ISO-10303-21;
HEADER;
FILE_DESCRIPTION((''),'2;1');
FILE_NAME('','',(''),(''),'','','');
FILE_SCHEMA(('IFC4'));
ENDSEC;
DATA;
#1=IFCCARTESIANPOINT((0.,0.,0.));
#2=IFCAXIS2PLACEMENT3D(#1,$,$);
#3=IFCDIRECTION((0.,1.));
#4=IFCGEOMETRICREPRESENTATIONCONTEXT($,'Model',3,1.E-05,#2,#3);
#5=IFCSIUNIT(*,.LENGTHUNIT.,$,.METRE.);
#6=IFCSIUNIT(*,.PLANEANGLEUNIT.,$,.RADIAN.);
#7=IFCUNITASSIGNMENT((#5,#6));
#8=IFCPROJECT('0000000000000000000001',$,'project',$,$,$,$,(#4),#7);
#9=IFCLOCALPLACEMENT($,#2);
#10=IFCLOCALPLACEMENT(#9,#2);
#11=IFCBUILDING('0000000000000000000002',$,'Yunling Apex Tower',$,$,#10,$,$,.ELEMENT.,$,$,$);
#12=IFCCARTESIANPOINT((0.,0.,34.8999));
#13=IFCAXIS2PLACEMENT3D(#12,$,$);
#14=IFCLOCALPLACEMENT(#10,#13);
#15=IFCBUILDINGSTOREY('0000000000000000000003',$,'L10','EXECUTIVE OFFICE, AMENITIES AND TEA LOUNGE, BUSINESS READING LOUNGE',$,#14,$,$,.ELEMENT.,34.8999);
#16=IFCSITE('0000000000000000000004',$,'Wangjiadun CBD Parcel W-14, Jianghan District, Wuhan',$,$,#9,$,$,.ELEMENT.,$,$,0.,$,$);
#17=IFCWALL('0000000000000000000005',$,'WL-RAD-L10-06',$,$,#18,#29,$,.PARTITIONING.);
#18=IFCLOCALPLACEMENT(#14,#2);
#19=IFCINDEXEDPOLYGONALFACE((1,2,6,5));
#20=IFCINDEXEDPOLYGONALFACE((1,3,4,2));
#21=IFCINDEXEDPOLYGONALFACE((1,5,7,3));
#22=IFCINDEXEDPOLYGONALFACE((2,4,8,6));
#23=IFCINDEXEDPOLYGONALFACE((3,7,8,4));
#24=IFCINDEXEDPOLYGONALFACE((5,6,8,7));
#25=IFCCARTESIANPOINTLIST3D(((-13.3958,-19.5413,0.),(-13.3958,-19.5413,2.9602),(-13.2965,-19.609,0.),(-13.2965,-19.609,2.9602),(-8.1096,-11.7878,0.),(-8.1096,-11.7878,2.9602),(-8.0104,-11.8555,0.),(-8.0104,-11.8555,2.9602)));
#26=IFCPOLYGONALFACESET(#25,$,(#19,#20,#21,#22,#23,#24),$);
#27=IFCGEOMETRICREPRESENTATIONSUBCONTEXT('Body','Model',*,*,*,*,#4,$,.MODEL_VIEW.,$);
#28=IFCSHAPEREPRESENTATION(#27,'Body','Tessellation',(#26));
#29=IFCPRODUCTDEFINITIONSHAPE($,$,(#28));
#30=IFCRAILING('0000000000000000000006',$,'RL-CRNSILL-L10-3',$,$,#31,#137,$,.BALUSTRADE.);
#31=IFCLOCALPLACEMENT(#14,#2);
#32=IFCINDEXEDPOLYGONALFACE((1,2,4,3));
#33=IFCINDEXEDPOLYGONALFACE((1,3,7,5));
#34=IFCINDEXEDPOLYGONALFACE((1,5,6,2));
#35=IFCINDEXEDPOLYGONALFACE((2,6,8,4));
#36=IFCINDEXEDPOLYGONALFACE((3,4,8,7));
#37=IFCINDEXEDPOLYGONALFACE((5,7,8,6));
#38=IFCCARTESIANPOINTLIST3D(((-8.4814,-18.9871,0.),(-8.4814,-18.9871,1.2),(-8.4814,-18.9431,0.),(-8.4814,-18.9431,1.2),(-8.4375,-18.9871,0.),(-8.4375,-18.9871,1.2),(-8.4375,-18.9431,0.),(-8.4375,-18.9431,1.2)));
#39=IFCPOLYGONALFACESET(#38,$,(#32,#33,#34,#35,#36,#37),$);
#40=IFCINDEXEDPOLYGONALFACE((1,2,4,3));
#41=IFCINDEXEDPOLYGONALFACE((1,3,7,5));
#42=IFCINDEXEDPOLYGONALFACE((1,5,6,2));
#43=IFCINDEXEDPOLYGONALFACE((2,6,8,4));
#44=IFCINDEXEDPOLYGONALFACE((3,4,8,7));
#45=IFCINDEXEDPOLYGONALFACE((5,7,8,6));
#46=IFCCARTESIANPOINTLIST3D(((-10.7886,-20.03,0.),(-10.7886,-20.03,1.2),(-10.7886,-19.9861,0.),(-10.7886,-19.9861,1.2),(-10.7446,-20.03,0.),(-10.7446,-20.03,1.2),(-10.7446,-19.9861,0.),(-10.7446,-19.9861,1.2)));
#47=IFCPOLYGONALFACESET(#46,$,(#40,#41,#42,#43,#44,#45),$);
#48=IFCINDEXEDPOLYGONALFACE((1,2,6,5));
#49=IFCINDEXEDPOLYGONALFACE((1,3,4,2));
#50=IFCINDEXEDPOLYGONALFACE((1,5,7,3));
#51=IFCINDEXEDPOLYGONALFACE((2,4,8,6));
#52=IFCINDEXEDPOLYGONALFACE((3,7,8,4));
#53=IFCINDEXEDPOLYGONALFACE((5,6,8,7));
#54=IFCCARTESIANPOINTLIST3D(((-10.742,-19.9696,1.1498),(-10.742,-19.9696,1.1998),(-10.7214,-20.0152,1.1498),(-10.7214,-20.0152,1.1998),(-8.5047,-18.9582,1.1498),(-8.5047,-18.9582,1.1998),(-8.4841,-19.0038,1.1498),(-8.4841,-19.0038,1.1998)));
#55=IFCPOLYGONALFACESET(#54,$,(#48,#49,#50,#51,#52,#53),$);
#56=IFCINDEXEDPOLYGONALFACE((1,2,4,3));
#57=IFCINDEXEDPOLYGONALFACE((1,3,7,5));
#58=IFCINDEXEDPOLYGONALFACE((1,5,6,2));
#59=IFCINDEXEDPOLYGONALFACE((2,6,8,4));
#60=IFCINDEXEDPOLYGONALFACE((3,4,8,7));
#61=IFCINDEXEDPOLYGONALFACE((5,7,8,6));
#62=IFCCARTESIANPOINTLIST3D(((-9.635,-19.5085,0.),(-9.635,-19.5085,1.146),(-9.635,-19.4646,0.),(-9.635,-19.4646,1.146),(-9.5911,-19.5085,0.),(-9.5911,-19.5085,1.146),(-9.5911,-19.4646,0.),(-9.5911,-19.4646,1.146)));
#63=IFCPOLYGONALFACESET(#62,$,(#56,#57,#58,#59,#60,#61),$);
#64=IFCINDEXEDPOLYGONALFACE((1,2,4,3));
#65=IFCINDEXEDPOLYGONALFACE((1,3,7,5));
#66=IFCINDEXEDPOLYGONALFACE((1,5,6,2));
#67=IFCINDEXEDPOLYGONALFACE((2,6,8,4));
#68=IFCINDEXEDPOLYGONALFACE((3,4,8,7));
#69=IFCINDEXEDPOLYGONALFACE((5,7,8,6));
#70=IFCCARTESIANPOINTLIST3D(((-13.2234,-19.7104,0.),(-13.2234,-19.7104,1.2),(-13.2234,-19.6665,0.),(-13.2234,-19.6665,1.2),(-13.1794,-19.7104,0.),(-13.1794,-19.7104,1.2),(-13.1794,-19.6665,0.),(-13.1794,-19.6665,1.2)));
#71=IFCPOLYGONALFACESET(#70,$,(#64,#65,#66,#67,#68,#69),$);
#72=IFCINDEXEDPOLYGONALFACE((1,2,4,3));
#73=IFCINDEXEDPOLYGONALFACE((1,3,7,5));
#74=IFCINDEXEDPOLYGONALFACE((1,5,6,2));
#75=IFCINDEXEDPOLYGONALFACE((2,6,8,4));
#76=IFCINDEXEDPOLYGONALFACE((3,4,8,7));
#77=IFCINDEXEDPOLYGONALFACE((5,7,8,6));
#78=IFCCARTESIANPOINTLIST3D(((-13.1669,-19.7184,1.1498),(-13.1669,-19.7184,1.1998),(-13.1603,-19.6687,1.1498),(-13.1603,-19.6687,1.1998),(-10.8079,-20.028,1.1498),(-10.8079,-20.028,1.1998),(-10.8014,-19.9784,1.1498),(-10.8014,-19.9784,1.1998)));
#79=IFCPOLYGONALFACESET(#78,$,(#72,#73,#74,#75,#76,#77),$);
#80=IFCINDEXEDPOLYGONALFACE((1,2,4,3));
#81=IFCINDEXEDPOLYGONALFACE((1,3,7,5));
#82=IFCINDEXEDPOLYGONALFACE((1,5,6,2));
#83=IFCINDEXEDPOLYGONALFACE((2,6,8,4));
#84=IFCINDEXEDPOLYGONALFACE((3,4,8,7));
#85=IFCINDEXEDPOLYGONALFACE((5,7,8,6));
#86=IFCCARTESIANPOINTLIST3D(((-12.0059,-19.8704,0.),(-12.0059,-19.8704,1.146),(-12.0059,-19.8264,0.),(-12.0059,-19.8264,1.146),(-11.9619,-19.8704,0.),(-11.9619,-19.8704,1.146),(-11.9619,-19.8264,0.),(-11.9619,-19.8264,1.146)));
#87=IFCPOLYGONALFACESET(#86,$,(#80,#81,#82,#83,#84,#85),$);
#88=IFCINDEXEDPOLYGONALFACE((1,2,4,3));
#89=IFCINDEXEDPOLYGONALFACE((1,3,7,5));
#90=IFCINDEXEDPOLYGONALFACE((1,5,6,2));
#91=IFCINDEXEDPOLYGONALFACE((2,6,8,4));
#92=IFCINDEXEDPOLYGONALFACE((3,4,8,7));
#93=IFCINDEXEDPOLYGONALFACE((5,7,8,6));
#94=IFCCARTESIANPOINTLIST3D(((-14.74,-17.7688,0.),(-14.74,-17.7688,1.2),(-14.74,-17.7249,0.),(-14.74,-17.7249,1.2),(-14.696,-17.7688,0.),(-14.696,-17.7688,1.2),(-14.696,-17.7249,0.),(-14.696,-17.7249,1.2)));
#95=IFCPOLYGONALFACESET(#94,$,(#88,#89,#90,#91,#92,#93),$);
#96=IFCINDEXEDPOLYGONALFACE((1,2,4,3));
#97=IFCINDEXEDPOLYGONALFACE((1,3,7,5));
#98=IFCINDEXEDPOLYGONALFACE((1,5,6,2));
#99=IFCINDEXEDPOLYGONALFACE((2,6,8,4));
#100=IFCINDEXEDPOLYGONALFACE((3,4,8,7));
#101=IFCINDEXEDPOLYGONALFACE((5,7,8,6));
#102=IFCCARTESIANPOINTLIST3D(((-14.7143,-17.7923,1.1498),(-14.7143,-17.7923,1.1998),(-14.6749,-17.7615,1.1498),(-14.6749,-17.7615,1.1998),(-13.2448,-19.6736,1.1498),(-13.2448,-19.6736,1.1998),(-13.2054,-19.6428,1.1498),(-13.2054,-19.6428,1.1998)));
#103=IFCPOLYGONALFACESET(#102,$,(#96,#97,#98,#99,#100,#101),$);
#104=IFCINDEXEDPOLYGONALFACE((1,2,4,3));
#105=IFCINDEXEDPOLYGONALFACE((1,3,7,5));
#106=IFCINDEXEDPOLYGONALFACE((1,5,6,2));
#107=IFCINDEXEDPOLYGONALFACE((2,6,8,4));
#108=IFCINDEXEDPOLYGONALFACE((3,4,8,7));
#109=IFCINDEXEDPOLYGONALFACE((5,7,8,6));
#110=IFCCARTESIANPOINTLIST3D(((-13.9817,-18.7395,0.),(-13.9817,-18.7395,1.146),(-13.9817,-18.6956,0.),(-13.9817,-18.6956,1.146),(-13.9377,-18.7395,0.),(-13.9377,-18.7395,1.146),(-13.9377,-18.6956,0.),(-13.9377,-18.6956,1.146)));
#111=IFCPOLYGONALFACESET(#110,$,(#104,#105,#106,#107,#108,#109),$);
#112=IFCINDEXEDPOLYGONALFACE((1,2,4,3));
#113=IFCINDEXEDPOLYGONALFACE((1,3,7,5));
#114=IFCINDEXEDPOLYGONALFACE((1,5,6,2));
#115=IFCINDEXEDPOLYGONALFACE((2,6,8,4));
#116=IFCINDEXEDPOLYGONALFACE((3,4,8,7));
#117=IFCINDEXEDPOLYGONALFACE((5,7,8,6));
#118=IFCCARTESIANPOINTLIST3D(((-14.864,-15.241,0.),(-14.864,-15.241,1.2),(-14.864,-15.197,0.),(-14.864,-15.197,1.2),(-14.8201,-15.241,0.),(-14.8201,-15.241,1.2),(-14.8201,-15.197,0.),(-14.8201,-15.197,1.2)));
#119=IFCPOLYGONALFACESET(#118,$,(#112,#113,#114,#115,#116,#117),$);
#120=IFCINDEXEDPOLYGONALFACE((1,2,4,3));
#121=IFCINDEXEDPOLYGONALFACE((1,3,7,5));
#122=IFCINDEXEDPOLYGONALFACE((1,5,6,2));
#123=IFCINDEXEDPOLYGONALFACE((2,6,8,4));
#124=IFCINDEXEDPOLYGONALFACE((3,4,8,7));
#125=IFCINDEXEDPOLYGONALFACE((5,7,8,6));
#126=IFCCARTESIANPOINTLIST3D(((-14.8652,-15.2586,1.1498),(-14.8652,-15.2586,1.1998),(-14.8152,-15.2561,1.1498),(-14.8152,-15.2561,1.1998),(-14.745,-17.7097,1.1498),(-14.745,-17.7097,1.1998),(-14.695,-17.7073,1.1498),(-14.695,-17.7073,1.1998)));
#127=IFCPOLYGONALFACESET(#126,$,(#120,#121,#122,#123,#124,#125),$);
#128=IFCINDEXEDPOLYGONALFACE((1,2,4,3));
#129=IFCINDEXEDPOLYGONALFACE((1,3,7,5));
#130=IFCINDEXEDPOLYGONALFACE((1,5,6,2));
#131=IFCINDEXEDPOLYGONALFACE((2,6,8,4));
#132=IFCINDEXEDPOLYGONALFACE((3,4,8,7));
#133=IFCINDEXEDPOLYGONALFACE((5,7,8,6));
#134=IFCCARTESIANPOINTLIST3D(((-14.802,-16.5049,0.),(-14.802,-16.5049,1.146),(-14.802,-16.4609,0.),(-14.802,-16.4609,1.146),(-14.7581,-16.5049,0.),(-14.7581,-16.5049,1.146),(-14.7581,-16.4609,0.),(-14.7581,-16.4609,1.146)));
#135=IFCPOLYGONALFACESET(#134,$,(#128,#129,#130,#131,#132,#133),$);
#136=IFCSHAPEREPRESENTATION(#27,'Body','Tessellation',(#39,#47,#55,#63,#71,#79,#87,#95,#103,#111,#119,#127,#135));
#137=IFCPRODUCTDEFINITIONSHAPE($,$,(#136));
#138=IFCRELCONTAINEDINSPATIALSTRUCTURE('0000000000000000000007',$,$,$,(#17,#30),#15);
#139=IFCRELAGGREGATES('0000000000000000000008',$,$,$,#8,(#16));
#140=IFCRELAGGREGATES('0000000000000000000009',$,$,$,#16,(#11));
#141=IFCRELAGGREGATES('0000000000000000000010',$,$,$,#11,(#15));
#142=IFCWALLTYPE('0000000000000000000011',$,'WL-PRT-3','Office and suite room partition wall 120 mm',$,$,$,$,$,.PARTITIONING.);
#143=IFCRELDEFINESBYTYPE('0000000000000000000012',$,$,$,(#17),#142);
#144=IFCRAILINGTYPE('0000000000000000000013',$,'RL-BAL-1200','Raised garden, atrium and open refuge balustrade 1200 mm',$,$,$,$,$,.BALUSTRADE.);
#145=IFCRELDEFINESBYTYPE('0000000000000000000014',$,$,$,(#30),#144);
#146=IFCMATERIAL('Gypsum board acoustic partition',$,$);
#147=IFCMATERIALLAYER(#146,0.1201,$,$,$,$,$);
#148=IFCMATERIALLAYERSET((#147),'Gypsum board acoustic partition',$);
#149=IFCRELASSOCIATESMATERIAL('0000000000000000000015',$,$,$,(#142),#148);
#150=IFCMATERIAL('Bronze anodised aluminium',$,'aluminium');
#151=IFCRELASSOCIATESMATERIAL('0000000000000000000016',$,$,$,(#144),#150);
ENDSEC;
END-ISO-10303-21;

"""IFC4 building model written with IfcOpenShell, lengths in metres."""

from ifc_helpers import new_model, si_unit, direction, frame, frame_2d, origin, origin_2d, place, context, subcontext, project, spatial, rectangle, extrude, material, layer, layer_set, type_object, element, save


model = new_model("IFC4")

# Units and contexts
model_context = context("Model", 3, precision=1e-05, world=origin(), true_north=direction((0.0, 1.0)))
body_context = subcontext(model_context, "Body", "Model", "MODEL_VIEW")
ifc_project = project(units=[si_unit("LENGTHUNIT", "METRE"), si_unit("PLANEANGLEUNIT", "RADIAN")], contexts=[model_context])

# Site, building, storey
site_placement = place(None, origin())
site = spatial("IfcSite", under=ifc_project, at=site_placement, Name="Wangjiadun CBD Parcel W-14, Jianghan District, Wuhan", CompositionType="ELEMENT", RefElevation=0.0)
building_placement = place(site_placement, origin())
building = spatial("IfcBuilding", under=site, at=building_placement, Name="Yunling Apex Tower", CompositionType="ELEMENT")
storey_placement = place(building_placement, frame((0.0, 0.0, 34.8999)))
storey = spatial("IfcBuildingStorey", under=building, at=storey_placement, Name="L10", Description="EXECUTIVE OFFICE, AMENITIES AND TEA LOUNGE, BUSINESS READING LOUNGE", CompositionType="ELEMENT", Elevation=34.8999)

# Shared definitions
ifc_material_1 = material(Name="Bronze anodised aluminium", Category="aluminium")

# Shared definitions
ifc_material_2 = material(Name="Gypsum board acoustic partition")

# Wall
ifc_layer_1 = layer(ifc_material_2, 0.1201)
ifc_layer_set_1 = layer_set([ifc_layer_1], Name="Gypsum board acoustic partition")
wall_type_1 = type_object("IfcWallType", Name="WL-PRT-3", Description="Office and suite room partition wall 120 mm", PredefinedType="PARTITIONING", material=ifc_layer_set_1)
wall_1_placement = place(storey_placement, frame((-8.0601, -11.8218, 0.0), z_axis=(0.0, 0.0, 1.0), x_axis=(-0.563316, -0.826242, 0.0)))
element("IfcWall", 1, at=wall_1_placement, inside=storey, type_object=wall_type_1, Name="WL-RAD-L10-06", PredefinedType="PARTITIONING", context=body_context, shape_type="SweptSolid", body=[
    extrude(rectangle(XDim=9.384, YDim=0.1201, at=frame_2d((4.6919, 0.0))), origin(), (0.0, 0.0, 1.0), 2.9602),
])

# Railing
railing_type = type_object("IfcRailingType", Name="RL-BAL-1200", Description="Raised garden, atrium and open refuge balustrade 1200 mm", PredefinedType="BALUSTRADE", material=ifc_material_1)
railing_placement = place(storey_placement, frame((-8.4595, -18.9651, 0.0)))
element("IfcRailing", 2, at=railing_placement, inside=storey, type_object=railing_type, Name="RL-CRNSILL-L10-3", PredefinedType="BALUSTRADE", context=body_context, shape_type="SweptSolid", body=[
    extrude(rectangle(XDim=0.0439, YDim=0.0439, at=origin_2d()), origin(), (0.0, 0.0, 1.0), 1.2),
    extrude(rectangle(XDim=0.0439, YDim=0.0439, at=origin_2d()), frame((-2.3071, -1.043, 0.0)), (0.0, 0.0, 1.0), 1.2),
    extrude(rectangle(XDim=0.05, YDim=0.05, at=origin_2d()), frame((-0.0349, -0.0159, 1.1748), z_axis=(-0.911217, -0.411928, 0.0), x_axis=(0.411928, -0.911217, 0.0)), (0.0, 0.0, 1.0), 2.4553),
    extrude(rectangle(XDim=0.0439, YDim=0.0439, at=origin_2d()), frame((-1.1536, -0.5215, 0.0)), (0.0, 0.0, 1.0), 1.146),
    extrude(rectangle(XDim=0.0439, YDim=0.0439, at=origin_2d()), frame((-4.7419, -0.7234, 0.0)), (0.0, 0.0, 1.0), 1.2),
    extrude(rectangle(XDim=0.05, YDim=0.05, at=origin_2d()), frame((-2.3452, -1.0381, 1.1748), z_axis=(-0.991496, 0.130138, 0.0), x_axis=(-0.130138, -0.991496, 0.0)), (0.0, 0.0, 1.0), 2.3792),
    extrude(rectangle(XDim=0.0439, YDim=0.0439, at=origin_2d()), frame((-3.5244, -0.8833, 0.0)), (0.0, 0.0, 1.0), 1.146),
    extrude(rectangle(XDim=0.0439, YDim=0.0439, at=origin_2d()), frame((-6.2585, 1.2183, 0.0)), (0.0, 0.0, 1.0), 1.2),
    extrude(rectangle(XDim=0.05, YDim=0.05, at=origin_2d()), frame((-4.7656, -0.6931, 1.1748), z_axis=(-0.615565, 0.788086, 0.0), x_axis=(-0.788086, -0.615565, 0.0)), (0.0, 0.0, 1.0), 2.3872),
    extrude(rectangle(XDim=0.0439, YDim=0.0439, at=origin_2d()), frame((-5.5002, 0.2476, 0.0)), (0.0, 0.0, 1.0), 1.146),
    extrude(rectangle(XDim=0.0439, YDim=0.0439, at=origin_2d()), frame((-6.3826, 3.7461, 0.0)), (0.0, 0.0, 1.0), 1.2),
    extrude(rectangle(XDim=0.05, YDim=0.05, at=origin_2d()), frame((-6.2605, 1.2566, 1.1748), z_axis=(-0.049004, 0.998799, 0.0), x_axis=(-0.998799, -0.049004, 0.0)), (0.0, 0.0, 1.0), 2.4541),
    extrude(rectangle(XDim=0.0439, YDim=0.0439, at=origin_2d()), frame((-6.3206, 2.4822, 0.0)), (0.0, 0.0, 1.0), 1.146),
])

save(model, "model.ifc")
